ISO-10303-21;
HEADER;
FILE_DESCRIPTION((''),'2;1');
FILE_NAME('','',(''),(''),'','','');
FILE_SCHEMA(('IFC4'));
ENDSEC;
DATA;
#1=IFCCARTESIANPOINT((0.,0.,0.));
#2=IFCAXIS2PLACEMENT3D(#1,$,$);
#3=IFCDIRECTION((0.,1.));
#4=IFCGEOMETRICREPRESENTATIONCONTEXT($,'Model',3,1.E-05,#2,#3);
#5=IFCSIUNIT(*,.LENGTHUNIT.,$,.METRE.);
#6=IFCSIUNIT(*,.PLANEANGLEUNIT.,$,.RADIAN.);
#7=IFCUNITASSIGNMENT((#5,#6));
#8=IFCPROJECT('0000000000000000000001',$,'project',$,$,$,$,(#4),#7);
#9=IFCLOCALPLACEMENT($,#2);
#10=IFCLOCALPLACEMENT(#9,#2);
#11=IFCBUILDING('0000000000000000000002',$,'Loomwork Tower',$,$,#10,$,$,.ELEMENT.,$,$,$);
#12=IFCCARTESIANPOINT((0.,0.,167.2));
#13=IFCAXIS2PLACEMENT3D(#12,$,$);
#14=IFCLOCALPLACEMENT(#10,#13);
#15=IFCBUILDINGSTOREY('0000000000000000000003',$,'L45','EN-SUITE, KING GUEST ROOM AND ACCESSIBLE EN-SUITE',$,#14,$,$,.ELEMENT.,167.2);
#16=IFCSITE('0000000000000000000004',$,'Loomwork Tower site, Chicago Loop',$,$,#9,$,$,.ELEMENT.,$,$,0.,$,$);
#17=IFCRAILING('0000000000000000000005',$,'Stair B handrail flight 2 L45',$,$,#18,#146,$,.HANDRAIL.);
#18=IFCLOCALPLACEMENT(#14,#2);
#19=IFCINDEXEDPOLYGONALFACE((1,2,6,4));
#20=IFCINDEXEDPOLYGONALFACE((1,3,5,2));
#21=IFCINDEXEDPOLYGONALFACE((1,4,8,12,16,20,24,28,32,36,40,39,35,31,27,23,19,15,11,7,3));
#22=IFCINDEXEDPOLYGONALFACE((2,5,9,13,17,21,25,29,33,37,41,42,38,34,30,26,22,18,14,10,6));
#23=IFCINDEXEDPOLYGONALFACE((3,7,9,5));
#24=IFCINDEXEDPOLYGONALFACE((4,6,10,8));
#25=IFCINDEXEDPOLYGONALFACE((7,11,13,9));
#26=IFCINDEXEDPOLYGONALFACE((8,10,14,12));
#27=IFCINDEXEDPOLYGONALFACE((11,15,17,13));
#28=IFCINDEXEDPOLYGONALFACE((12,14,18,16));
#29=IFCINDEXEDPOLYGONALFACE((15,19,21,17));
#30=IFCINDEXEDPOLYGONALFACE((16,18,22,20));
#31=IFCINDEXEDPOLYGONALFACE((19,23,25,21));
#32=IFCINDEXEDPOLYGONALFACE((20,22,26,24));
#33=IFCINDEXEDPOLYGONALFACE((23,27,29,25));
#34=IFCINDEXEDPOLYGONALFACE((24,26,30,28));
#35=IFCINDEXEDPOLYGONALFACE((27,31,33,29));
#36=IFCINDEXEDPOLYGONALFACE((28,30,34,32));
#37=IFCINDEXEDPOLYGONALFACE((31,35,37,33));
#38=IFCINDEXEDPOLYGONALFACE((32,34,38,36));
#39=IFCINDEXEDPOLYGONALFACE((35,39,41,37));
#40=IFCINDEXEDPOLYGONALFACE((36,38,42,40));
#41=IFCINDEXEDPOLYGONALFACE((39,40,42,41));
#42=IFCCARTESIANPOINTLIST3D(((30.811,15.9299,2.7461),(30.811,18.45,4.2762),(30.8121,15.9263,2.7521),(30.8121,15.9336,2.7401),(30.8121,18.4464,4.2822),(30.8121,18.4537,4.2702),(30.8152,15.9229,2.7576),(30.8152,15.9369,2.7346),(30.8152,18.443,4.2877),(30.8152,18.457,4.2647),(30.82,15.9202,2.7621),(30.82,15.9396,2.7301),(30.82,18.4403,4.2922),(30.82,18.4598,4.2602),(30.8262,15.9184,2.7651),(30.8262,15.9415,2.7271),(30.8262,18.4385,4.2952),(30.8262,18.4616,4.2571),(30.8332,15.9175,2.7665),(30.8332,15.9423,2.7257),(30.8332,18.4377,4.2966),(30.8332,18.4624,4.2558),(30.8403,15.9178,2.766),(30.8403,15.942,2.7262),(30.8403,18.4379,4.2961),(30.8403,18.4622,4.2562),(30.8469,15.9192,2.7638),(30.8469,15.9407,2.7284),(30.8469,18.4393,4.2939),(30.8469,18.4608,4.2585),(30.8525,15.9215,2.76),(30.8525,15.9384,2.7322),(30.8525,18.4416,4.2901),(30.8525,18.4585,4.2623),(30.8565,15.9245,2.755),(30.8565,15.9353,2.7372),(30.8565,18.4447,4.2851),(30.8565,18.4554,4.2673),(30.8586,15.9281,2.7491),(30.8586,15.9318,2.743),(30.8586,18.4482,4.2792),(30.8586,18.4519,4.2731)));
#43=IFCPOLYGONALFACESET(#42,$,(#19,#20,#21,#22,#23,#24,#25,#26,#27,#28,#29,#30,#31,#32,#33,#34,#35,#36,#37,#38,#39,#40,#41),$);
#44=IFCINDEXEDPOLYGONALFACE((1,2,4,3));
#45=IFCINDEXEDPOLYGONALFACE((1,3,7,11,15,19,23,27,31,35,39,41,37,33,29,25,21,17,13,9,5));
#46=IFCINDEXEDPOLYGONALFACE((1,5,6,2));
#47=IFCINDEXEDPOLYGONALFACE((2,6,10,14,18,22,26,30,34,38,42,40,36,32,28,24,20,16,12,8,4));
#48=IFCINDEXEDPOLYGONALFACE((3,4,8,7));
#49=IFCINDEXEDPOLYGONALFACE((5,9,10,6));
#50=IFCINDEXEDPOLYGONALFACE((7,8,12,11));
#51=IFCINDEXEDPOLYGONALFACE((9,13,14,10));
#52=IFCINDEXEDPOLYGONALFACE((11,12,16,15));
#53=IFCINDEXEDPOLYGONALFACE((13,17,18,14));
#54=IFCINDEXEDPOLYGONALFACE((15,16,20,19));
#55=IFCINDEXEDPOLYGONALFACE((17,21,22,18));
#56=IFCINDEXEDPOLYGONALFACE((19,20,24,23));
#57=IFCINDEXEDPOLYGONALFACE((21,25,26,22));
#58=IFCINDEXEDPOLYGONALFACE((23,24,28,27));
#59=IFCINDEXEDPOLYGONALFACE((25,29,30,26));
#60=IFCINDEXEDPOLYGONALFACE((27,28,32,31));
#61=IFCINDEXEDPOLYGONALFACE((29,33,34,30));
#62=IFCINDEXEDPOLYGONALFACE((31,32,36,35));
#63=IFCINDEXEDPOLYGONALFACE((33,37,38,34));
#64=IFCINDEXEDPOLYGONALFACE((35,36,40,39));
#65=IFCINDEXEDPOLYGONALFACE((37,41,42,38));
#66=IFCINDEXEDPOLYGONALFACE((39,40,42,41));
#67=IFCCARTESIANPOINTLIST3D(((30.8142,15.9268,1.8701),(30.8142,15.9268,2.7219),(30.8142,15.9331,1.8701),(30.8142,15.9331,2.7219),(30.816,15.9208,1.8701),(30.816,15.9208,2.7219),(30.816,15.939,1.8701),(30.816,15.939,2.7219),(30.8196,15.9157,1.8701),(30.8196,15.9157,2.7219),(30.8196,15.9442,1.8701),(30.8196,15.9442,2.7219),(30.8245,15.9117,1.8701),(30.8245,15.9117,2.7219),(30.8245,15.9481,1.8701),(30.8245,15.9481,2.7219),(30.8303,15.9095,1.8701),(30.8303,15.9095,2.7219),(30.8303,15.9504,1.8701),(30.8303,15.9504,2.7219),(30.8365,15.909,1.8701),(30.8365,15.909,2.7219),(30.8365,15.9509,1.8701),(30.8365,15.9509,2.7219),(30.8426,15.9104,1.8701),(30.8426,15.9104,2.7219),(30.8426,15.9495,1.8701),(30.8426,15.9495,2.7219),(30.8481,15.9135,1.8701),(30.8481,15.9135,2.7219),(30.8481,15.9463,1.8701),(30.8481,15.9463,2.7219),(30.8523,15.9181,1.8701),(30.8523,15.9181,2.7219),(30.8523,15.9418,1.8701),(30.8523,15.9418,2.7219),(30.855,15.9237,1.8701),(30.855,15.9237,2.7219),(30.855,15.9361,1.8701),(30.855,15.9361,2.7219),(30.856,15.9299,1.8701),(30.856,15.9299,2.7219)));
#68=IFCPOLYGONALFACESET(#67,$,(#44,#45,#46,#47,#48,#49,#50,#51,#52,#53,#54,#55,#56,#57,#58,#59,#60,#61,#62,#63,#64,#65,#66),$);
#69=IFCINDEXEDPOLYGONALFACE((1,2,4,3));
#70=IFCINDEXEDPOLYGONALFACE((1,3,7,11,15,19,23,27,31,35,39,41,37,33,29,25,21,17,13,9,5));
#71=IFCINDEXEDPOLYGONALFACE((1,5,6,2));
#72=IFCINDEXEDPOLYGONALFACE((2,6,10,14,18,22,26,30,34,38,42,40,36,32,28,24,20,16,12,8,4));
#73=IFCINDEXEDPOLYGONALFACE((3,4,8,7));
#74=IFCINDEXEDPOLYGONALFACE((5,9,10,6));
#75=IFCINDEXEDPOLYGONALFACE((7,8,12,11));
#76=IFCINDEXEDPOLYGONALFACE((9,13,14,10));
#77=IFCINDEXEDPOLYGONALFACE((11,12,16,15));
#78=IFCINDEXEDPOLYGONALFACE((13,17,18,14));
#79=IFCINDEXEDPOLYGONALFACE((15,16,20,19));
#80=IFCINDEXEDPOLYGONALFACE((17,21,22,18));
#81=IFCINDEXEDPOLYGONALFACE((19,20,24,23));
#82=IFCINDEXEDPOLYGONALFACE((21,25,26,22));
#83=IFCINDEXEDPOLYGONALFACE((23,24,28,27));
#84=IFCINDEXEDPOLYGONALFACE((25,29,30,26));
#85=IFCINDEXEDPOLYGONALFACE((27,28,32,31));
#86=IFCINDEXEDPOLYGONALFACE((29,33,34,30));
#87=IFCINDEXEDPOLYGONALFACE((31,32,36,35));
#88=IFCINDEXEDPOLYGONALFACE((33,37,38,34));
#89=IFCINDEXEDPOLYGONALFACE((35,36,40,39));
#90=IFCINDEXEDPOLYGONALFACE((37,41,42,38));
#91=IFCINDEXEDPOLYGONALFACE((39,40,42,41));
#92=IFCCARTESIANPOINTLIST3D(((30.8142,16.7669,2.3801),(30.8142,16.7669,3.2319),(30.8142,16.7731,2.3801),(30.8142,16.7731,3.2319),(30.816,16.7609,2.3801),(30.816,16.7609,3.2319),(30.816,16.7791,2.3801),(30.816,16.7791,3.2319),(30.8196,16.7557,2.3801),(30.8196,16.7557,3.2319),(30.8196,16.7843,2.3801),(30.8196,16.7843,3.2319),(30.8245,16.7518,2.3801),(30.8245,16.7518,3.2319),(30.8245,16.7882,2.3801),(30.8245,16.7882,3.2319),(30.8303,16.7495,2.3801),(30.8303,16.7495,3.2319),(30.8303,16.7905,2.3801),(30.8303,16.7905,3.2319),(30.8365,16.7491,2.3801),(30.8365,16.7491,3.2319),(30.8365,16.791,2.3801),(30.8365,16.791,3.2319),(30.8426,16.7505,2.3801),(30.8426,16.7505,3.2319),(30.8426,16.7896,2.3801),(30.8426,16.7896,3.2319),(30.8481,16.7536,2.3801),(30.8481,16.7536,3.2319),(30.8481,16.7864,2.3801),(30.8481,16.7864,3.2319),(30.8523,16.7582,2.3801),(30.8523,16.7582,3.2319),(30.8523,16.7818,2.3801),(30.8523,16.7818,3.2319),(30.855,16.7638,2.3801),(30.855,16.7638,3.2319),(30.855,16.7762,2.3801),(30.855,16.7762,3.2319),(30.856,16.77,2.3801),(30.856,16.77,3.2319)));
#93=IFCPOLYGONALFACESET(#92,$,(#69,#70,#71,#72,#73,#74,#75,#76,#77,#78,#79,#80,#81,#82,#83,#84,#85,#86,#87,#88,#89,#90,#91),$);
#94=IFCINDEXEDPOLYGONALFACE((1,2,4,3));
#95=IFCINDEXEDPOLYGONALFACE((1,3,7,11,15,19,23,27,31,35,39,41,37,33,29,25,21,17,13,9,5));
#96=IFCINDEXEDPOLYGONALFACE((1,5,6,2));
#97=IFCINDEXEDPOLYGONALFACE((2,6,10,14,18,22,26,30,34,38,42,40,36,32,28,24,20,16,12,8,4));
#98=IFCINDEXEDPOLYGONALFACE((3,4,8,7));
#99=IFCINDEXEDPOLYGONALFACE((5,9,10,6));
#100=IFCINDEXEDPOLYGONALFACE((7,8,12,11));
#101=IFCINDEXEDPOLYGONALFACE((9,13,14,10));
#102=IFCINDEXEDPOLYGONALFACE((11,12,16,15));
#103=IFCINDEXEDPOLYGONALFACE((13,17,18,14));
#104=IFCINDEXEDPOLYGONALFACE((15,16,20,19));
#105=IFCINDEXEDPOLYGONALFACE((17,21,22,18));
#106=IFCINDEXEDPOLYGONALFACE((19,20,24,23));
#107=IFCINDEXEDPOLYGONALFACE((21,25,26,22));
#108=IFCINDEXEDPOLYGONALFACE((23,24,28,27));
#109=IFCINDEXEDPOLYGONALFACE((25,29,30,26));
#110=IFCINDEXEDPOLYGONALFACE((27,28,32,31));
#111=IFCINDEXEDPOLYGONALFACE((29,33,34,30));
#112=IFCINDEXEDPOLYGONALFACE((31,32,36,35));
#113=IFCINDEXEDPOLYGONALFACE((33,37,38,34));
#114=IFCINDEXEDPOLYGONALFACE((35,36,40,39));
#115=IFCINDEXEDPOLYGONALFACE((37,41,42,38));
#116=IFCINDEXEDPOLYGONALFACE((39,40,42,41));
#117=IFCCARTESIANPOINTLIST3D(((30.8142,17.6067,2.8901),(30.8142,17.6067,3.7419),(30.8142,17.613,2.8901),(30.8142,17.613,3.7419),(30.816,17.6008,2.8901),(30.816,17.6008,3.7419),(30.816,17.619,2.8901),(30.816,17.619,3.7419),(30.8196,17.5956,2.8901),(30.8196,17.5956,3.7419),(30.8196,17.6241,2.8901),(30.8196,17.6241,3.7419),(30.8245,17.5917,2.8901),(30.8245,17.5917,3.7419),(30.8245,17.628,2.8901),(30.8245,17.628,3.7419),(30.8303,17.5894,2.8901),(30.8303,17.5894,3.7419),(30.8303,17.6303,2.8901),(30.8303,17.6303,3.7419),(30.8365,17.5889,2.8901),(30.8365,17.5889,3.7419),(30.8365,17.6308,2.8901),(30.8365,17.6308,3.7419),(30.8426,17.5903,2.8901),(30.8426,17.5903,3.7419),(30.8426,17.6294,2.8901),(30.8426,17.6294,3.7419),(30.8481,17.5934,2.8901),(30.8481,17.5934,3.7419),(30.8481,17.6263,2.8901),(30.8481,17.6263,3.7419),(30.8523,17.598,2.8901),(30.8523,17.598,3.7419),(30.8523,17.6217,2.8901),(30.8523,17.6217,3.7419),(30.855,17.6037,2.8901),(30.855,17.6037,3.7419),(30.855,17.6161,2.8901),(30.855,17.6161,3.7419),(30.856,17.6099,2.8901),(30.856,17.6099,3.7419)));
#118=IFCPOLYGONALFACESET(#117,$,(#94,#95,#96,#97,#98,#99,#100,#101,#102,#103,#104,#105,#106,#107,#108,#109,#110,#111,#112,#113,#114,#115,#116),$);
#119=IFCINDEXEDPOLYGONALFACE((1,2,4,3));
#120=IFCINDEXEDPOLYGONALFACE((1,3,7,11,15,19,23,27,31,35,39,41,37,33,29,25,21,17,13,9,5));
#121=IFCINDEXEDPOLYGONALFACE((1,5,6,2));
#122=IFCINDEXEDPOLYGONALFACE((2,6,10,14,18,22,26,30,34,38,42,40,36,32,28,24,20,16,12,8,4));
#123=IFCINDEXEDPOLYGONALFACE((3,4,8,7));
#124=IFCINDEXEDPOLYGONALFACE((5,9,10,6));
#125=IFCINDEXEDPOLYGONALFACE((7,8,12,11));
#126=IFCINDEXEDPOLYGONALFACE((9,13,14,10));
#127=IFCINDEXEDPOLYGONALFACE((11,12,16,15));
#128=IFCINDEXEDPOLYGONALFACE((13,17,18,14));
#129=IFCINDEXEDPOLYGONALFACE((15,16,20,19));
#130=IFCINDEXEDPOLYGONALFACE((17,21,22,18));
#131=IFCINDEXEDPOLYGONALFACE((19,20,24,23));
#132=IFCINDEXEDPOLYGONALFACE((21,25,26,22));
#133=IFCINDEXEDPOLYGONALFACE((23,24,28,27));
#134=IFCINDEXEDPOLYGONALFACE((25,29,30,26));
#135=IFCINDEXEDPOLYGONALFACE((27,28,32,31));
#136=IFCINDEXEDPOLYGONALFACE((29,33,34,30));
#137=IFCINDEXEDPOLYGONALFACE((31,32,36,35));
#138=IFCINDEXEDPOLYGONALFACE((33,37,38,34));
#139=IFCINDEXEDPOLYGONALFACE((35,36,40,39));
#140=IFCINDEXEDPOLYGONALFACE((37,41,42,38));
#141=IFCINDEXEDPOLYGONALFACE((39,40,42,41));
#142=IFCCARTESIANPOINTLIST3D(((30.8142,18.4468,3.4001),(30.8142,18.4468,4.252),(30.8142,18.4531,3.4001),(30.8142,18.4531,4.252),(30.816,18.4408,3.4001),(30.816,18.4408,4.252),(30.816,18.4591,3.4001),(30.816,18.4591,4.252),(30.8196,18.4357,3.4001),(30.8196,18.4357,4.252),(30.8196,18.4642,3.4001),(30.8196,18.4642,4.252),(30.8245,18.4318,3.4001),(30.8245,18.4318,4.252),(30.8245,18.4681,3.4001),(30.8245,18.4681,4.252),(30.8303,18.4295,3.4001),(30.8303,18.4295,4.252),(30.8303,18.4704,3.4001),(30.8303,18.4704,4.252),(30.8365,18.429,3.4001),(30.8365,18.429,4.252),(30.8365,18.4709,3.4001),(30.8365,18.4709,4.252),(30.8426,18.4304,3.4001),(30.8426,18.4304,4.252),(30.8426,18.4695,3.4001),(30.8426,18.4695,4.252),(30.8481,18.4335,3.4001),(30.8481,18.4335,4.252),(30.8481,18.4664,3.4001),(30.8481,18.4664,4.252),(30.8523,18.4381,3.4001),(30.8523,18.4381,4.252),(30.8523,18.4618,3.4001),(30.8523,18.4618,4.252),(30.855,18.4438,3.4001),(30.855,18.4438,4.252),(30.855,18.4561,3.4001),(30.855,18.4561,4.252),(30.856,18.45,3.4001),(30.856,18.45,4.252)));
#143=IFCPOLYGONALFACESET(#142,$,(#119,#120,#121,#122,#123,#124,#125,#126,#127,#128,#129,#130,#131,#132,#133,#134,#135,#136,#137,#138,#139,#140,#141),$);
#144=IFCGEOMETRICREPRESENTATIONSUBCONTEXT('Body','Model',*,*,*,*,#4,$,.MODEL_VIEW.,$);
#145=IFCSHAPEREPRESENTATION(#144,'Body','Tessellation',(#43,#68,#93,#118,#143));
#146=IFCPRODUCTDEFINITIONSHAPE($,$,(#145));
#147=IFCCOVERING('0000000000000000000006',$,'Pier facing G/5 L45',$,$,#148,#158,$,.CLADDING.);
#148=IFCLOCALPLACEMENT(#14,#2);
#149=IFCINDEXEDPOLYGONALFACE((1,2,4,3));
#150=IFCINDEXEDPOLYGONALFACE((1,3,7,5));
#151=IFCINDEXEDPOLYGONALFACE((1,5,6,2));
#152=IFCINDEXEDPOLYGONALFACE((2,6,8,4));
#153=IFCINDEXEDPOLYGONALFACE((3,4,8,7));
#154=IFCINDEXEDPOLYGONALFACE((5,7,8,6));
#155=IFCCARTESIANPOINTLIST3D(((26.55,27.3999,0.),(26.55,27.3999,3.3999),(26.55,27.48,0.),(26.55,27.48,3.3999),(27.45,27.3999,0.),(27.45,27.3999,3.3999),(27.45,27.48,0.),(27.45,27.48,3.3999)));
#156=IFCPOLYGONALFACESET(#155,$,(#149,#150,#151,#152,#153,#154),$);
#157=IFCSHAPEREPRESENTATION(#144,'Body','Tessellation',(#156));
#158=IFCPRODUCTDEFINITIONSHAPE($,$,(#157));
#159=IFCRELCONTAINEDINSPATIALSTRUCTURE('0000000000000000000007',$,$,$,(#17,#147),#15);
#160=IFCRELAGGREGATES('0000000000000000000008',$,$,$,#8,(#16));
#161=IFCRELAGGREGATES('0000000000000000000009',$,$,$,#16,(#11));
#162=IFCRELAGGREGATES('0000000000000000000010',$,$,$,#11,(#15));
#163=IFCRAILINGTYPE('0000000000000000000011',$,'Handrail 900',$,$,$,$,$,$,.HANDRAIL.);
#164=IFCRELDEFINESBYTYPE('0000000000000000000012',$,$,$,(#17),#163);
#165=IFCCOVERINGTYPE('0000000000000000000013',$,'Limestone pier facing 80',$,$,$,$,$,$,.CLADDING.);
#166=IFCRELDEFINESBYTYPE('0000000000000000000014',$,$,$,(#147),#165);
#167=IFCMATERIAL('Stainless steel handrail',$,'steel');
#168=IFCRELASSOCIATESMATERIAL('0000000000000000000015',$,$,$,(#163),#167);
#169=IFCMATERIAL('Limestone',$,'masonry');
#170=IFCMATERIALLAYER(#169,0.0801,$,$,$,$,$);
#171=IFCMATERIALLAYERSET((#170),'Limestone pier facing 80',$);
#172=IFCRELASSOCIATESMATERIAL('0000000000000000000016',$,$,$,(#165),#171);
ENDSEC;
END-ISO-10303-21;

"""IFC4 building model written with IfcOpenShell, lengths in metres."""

from ifc_helpers import new_model, si_unit, direction, frame, origin, origin_2d, place, context, subcontext, project, spatial, rectangle, circle, extrude, material, layer, layer_set, type_object, element, save


model = new_model("IFC4")

# Units and contexts
model_context = context("Model", 3, precision=1e-05, world=origin(), true_north=direction((0.0, 1.0)))
body_context = subcontext(model_context, "Body", "Model", "MODEL_VIEW")
ifc_project = project(units=[si_unit("LENGTHUNIT", "METRE"), si_unit("PLANEANGLEUNIT", "RADIAN")], contexts=[model_context])

# Site, building, storey
site_placement = place(None, origin())
site = spatial("IfcSite", under=ifc_project, at=site_placement, Name="Loomwork Tower site, Chicago Loop", CompositionType="ELEMENT", RefElevation=0.0)
building_placement = place(site_placement, origin())
building = spatial("IfcBuilding", under=site, at=building_placement, Name="Loomwork Tower", CompositionType="ELEMENT")
storey_placement = place(building_placement, frame((0.0, 0.0, 167.2)))
storey = spatial("IfcBuildingStorey", under=building, at=storey_placement, Name="L45", Description="EN-SUITE, KING GUEST ROOM AND ACCESSIBLE EN-SUITE", CompositionType="ELEMENT", Elevation=167.2)

# Railing
ifc_material_1 = material(Name="Stainless steel handrail", Category="steel")
railing_type = type_object("IfcRailingType", Name="Handrail 900", PredefinedType="HANDRAIL", material=ifc_material_1)
railing_placement = place(storey_placement, frame((30.835, 15.9299, 1.8701)))
element("IfcRailing", 1, at=railing_placement, inside=storey, type_object=railing_type, Name="Stair B handrail flight 2 L45", PredefinedType="HANDRAIL", context=body_context, shape_type="SweptSolid", body=[
    extrude(circle(Radius=0.0239, at=origin_2d()), frame((0.0, 0.0, 0.876), z_axis=(0.0, 0.854785, 0.518982), x_axis=(-1.0, 0.0, 0.0)), (0.0, 0.0, 1.0), 2.9482),
    extrude(circle(Radius=0.021, at=origin_2d()), origin(), (0.0, 0.0, 1.0), 0.8518),
    extrude(circle(Radius=0.021, at=origin_2d()), frame((0.0, 0.8401, 0.51)), (0.0, 0.0, 1.0), 0.8518),
    extrude(circle(Radius=0.021, at=origin_2d()), frame((0.0, 1.6799, 1.02)), (0.0, 0.0, 1.0), 0.8518),
    extrude(circle(Radius=0.021, at=origin_2d()), frame((0.0, 2.52, 1.53)), (0.0, 0.0, 1.0), 0.8518),
])

# Covering
ifc_material_2 = material(Name="Limestone", Category="masonry")
ifc_layer_1 = layer(ifc_material_2, 0.0801)
ifc_layer_set_1 = layer_set([ifc_layer_1], Name="Limestone pier facing 80")
covering_type = type_object("IfcCoveringType", Name="Limestone pier facing 80", PredefinedType="CLADDING", material=ifc_layer_set_1)
covering_placement = place(storey_placement, frame((27.0, 27.4399, 0.0), z_axis=(0.0, 0.0, 1.0), x_axis=(1.0, 0.0, 0.0)))
element("IfcCovering", 2, at=covering_placement, inside=storey, type_object=covering_type, Name="Pier facing G/5 L45", PredefinedType="CLADDING", context=body_context, shape_type="SweptSolid", body=[
    extrude(rectangle(XDim=0.8999, YDim=0.0801, at=origin_2d()), origin(), (0.0, 0.0, 1.0), 3.3999),
])

save(model, "model.ifc")
